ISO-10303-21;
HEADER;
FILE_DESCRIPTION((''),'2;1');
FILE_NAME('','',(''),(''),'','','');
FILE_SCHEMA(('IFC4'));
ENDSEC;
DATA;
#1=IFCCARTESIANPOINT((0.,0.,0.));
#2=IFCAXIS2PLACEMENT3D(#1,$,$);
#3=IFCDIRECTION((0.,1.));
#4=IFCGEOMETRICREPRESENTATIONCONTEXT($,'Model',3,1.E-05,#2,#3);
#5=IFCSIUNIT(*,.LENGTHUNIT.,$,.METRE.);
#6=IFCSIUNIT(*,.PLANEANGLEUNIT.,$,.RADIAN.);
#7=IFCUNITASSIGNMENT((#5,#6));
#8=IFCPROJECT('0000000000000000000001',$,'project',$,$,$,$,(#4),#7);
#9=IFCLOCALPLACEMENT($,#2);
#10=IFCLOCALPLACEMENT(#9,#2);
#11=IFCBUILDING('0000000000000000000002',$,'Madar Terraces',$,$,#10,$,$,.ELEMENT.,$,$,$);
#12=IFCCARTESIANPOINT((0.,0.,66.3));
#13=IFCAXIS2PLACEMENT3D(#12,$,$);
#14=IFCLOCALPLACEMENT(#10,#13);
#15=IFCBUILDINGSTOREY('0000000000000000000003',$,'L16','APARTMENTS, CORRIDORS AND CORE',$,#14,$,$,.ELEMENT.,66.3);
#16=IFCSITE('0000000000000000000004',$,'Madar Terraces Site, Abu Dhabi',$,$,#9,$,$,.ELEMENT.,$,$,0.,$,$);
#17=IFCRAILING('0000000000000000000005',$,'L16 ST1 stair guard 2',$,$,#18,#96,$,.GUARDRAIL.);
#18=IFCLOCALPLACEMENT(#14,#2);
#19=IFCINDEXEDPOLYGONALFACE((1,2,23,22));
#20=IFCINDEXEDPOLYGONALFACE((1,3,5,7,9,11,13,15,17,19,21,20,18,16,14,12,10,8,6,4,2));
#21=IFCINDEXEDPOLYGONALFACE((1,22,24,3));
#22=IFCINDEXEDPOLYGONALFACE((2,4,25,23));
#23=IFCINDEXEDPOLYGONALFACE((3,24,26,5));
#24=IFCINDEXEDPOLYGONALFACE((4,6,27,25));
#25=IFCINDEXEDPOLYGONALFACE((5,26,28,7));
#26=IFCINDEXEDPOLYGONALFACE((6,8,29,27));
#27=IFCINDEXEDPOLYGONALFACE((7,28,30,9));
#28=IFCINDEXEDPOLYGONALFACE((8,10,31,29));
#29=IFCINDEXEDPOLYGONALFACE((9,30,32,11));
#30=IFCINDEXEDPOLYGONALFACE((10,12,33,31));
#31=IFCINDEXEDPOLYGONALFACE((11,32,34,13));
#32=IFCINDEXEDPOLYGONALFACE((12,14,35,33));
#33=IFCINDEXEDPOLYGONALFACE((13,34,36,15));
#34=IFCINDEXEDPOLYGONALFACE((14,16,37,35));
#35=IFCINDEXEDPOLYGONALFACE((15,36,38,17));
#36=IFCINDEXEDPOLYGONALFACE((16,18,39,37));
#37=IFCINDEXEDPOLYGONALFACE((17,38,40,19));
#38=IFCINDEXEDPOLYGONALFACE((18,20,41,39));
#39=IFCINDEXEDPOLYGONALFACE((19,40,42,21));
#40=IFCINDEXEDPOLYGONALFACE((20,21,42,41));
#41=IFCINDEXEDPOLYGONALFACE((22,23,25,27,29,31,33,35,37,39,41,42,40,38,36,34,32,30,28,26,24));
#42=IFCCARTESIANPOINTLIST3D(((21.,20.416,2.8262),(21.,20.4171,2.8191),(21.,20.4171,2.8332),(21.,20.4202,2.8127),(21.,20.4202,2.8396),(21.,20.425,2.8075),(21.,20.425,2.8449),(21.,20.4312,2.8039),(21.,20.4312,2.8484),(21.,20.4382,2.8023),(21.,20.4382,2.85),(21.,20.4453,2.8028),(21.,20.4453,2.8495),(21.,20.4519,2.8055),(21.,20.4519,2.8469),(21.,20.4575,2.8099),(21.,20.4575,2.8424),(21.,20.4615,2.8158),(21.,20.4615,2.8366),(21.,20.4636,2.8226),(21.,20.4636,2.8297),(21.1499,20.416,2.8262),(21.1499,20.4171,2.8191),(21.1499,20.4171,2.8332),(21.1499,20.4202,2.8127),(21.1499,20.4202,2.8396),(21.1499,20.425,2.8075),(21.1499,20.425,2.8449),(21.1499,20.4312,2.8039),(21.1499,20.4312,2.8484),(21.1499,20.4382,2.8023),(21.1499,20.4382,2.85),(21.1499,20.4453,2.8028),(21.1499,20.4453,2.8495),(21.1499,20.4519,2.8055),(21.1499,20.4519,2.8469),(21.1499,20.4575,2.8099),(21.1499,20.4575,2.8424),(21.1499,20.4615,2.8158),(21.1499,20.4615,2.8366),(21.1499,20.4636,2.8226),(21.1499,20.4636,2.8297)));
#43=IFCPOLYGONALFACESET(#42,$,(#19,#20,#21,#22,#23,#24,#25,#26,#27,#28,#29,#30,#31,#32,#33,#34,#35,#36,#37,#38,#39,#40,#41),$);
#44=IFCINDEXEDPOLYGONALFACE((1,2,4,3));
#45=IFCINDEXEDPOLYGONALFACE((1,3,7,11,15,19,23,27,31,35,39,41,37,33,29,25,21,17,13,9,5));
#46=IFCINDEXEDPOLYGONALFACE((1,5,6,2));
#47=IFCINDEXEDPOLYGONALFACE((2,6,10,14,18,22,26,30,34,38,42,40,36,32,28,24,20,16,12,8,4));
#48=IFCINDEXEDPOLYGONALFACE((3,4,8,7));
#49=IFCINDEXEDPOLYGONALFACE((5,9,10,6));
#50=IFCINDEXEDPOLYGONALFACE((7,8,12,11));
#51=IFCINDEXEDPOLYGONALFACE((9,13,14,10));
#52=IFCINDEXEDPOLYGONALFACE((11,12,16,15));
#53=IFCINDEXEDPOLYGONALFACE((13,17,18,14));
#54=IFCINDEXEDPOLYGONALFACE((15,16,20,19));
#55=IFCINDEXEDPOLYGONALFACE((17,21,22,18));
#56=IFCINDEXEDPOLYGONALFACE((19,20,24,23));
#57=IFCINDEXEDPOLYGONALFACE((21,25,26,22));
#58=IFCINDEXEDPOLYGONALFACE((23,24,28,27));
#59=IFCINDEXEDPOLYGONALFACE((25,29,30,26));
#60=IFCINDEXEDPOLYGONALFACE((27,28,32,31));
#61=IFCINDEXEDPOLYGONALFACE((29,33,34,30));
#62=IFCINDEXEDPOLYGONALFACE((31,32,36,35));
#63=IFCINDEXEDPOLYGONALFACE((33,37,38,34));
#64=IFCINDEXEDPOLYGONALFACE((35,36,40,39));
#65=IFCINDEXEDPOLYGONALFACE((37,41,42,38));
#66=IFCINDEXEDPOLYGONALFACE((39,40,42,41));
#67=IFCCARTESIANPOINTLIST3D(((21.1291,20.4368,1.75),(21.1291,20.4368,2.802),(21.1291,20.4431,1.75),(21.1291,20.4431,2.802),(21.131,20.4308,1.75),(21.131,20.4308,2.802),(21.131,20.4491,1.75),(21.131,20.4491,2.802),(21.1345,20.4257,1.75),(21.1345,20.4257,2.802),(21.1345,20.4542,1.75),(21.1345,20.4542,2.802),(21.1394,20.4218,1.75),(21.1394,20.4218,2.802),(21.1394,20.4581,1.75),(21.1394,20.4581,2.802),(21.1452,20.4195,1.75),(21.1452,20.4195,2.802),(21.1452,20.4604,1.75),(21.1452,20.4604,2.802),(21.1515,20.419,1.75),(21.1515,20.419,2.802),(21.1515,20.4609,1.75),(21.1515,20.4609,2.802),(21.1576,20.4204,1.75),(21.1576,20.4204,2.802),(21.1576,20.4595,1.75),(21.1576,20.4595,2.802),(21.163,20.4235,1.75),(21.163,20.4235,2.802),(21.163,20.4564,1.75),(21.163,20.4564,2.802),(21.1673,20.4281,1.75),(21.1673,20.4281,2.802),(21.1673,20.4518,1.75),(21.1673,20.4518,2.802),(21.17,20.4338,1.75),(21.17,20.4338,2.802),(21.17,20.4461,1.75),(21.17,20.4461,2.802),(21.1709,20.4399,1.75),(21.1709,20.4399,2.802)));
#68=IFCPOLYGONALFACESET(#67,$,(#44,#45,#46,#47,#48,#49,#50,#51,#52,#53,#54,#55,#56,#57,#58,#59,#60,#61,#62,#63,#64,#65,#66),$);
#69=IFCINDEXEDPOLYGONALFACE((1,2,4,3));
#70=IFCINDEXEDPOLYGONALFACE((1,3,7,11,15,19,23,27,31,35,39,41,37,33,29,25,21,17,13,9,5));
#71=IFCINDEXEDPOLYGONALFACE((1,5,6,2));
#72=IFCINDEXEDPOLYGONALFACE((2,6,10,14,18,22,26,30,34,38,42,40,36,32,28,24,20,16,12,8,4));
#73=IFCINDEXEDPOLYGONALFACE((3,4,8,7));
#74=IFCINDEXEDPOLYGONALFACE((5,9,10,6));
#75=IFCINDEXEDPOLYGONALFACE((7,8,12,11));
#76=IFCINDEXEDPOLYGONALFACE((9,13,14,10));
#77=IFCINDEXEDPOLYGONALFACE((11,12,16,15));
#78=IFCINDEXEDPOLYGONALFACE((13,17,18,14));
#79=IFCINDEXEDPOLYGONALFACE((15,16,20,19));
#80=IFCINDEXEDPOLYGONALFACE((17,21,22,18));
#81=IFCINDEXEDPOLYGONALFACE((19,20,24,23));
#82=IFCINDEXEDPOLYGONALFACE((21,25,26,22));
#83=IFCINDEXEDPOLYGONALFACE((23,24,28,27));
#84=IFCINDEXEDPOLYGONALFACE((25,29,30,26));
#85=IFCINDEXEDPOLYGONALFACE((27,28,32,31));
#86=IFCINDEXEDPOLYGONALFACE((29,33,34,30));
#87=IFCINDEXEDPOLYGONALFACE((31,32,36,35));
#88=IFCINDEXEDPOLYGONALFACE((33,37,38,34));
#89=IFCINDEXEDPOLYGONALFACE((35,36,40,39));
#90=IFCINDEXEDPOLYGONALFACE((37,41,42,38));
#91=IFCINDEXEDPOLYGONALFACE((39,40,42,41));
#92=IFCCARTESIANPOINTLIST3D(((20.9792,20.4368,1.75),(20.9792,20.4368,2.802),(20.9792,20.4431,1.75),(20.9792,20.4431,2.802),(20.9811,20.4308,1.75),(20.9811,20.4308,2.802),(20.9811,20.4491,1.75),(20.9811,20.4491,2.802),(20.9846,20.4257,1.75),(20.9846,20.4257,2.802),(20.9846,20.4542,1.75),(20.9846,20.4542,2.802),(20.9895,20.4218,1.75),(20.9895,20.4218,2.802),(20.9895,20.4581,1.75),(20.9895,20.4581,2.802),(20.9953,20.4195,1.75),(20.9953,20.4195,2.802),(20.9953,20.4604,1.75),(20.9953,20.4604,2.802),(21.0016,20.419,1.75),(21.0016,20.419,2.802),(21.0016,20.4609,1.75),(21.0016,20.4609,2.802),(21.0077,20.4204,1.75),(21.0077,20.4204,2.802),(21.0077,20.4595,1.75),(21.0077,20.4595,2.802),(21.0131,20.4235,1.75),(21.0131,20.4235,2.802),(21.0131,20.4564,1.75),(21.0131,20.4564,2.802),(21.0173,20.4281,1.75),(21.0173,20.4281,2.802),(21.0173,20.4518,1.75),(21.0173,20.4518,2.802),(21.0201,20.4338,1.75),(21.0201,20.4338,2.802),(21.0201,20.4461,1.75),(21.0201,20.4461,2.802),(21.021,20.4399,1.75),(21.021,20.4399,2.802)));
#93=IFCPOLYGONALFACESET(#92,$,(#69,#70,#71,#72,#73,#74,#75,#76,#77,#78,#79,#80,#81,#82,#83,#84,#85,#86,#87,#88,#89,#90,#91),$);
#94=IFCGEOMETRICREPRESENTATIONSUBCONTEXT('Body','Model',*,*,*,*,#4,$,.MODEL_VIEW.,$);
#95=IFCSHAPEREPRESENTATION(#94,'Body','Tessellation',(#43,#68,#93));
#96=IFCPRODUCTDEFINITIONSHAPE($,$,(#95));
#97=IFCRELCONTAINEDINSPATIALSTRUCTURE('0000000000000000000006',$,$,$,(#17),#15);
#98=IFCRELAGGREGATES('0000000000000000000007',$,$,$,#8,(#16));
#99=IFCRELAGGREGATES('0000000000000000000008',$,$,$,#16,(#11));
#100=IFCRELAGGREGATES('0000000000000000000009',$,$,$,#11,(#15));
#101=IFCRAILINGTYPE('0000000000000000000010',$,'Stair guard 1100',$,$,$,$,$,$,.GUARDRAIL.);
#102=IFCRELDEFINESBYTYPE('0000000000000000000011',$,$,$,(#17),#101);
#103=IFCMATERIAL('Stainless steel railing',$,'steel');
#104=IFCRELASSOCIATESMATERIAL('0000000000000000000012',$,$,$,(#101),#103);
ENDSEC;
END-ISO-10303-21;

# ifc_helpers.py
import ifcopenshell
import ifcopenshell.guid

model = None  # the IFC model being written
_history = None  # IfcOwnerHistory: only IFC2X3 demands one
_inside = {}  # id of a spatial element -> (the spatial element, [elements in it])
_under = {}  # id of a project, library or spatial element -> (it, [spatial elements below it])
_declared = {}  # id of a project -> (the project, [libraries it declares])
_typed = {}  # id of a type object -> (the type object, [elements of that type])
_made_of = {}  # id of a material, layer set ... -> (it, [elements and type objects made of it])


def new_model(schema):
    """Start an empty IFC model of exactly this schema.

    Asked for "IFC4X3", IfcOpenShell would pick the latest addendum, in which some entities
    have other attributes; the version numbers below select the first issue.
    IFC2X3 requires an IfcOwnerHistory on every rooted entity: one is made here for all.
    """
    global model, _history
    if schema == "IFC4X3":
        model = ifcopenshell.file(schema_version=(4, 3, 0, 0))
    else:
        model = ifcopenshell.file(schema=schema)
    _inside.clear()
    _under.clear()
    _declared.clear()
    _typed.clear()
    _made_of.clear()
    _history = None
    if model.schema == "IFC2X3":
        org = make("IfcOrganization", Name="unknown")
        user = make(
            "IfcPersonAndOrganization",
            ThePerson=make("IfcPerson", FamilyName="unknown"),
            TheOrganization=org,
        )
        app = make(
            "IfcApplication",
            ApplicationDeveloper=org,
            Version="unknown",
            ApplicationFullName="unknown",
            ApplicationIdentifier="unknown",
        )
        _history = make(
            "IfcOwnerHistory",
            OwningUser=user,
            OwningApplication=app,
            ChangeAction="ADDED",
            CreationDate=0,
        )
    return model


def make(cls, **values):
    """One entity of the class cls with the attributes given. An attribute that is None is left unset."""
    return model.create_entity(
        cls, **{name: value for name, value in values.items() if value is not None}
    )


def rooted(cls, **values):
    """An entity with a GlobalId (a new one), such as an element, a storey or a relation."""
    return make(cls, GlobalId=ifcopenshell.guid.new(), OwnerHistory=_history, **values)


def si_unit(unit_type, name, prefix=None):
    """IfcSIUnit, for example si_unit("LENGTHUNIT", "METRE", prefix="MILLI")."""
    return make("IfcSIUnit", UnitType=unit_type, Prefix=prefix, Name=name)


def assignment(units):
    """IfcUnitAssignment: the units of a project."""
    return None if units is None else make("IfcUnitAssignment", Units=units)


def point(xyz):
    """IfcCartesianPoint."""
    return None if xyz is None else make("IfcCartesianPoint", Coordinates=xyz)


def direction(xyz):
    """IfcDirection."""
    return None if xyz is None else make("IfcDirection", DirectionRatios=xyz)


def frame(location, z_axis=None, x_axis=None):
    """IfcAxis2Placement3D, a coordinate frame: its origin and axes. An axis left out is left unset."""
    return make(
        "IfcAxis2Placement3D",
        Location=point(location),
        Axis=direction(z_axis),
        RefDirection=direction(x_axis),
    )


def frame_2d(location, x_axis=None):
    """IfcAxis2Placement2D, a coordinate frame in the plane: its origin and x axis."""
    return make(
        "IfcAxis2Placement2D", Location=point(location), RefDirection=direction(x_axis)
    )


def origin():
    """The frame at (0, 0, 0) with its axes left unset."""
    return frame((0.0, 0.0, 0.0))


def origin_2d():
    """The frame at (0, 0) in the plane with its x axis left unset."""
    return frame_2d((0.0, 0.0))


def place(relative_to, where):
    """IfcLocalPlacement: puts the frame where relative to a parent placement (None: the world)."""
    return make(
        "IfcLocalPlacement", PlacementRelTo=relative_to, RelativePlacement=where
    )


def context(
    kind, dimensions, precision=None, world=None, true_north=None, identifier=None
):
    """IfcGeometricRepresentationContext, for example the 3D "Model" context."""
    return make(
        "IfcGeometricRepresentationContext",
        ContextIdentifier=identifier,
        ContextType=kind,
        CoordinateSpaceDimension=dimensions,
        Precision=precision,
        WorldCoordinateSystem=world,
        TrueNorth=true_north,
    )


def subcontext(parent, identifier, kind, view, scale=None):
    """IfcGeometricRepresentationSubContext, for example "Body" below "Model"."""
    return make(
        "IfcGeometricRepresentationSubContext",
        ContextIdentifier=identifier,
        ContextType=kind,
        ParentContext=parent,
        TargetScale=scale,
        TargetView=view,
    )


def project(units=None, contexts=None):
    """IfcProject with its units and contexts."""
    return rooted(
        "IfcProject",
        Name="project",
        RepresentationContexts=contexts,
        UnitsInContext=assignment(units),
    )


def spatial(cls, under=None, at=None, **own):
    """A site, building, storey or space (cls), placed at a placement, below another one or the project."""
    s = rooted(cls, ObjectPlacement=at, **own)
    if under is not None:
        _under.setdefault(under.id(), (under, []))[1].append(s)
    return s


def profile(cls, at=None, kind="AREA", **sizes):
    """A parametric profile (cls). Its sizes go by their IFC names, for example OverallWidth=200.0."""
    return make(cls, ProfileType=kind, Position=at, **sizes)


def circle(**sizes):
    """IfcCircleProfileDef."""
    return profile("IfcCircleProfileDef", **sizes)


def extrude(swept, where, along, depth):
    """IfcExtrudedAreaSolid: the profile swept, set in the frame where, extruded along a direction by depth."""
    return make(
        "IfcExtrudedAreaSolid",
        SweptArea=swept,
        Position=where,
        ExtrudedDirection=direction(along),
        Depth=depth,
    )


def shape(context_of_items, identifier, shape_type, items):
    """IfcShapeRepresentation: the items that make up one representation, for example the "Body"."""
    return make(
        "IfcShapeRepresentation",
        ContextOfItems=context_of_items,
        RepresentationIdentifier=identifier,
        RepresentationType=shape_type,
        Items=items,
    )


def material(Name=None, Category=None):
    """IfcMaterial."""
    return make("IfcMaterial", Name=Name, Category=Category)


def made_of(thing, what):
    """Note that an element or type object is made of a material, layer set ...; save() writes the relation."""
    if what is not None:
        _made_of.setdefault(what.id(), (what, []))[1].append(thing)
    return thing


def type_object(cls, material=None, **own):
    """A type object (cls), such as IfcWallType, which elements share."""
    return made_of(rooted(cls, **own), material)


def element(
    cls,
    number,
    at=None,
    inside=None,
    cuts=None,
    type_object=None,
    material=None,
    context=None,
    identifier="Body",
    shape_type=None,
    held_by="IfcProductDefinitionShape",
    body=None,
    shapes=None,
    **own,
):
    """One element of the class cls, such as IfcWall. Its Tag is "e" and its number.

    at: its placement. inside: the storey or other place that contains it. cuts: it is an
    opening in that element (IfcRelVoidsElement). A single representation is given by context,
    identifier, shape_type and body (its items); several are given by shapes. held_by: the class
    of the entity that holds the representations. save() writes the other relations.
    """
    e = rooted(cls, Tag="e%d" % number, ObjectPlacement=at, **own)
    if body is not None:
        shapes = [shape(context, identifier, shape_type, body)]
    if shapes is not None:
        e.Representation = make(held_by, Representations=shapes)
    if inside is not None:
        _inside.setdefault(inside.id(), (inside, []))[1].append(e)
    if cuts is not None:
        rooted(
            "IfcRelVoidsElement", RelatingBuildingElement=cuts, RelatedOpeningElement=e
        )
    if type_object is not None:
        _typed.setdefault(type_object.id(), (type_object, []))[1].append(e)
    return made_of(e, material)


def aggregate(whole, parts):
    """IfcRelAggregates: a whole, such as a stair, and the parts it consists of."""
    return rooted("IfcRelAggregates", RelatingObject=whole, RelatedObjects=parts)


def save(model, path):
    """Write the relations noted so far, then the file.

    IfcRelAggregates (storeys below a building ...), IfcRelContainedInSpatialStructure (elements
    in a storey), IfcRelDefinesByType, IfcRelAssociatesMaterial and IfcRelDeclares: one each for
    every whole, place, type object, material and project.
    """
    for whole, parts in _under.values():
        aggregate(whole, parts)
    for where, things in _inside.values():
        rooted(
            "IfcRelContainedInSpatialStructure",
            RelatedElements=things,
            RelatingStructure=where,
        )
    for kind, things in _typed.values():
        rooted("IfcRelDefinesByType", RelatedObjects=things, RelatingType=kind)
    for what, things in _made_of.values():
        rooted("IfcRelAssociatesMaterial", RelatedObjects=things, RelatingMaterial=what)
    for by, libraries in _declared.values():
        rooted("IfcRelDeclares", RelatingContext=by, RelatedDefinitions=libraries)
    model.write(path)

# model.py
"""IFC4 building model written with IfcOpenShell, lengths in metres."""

from ifc_helpers import new_model, si_unit, direction, frame, origin, origin_2d, place, context, subcontext, project, spatial, circle, extrude, material, type_object, element, save


model = new_model("IFC4")

# Units and contexts
model_context = context("Model", 3, precision=1e-05, world=origin(), true_north=direction((0.0, 1.0)))
body_context = subcontext(model_context, "Body", "Model", "MODEL_VIEW")
ifc_project = project(units=[si_unit("LENGTHUNIT", "METRE"), si_unit("PLANEANGLEUNIT", "RADIAN")], contexts=[model_context])

# Site, building, storey
site_placement = place(None, origin())
site = spatial("IfcSite", under=ifc_project, at=site_placement, Name="Madar Terraces Site, Abu Dhabi", CompositionType="ELEMENT", RefElevation=0.0)
building_placement = place(site_placement, origin())
building = spatial("IfcBuilding", under=site, at=building_placement, Name="Madar Terraces", CompositionType="ELEMENT")
storey_placement = place(building_placement, frame((0.0, 0.0, 66.3)))
storey = spatial("IfcBuildingStorey", under=building, at=storey_placement, Name="L16", Description="APARTMENTS, CORRIDORS AND CORE", CompositionType="ELEMENT", Elevation=66.3)

# Railing
ifc_material_1 = material(Name="Stainless steel railing", Category="steel")
railing_type_1 = type_object("IfcRailingType", Name="Stair guard 1100", PredefinedType="GUARDRAIL", material=ifc_material_1)
railing_1_placement = place(storey_placement, frame((21.1499, 20.4399, 1.75)))
element("IfcRailing", 1, at=railing_1_placement, inside=storey, type_object=railing_type_1, Name="L16 ST1 stair guard 2", PredefinedType="GUARDRAIL", context=body_context, shape_type="SweptSolid", body=[
    extrude(circle(Radius=0.0239, at=origin_2d()), frame((0.0, 0.0, 1.0762), z_axis=(-1.0, 0.0, 0.0), x_axis=(0.0, -1.0, 0.0)), (0.0, 0.0, 1.0), 0.1499),
    extrude(circle(Radius=0.021, at=origin_2d()), origin(), (0.0, 0.0, 1.0), 1.052),
    extrude(circle(Radius=0.021, at=origin_2d()), frame((-0.1499, 0.0, 0.0)), (0.0, 0.0, 1.0), 1.052),
])

save(model, "model.ifc")
